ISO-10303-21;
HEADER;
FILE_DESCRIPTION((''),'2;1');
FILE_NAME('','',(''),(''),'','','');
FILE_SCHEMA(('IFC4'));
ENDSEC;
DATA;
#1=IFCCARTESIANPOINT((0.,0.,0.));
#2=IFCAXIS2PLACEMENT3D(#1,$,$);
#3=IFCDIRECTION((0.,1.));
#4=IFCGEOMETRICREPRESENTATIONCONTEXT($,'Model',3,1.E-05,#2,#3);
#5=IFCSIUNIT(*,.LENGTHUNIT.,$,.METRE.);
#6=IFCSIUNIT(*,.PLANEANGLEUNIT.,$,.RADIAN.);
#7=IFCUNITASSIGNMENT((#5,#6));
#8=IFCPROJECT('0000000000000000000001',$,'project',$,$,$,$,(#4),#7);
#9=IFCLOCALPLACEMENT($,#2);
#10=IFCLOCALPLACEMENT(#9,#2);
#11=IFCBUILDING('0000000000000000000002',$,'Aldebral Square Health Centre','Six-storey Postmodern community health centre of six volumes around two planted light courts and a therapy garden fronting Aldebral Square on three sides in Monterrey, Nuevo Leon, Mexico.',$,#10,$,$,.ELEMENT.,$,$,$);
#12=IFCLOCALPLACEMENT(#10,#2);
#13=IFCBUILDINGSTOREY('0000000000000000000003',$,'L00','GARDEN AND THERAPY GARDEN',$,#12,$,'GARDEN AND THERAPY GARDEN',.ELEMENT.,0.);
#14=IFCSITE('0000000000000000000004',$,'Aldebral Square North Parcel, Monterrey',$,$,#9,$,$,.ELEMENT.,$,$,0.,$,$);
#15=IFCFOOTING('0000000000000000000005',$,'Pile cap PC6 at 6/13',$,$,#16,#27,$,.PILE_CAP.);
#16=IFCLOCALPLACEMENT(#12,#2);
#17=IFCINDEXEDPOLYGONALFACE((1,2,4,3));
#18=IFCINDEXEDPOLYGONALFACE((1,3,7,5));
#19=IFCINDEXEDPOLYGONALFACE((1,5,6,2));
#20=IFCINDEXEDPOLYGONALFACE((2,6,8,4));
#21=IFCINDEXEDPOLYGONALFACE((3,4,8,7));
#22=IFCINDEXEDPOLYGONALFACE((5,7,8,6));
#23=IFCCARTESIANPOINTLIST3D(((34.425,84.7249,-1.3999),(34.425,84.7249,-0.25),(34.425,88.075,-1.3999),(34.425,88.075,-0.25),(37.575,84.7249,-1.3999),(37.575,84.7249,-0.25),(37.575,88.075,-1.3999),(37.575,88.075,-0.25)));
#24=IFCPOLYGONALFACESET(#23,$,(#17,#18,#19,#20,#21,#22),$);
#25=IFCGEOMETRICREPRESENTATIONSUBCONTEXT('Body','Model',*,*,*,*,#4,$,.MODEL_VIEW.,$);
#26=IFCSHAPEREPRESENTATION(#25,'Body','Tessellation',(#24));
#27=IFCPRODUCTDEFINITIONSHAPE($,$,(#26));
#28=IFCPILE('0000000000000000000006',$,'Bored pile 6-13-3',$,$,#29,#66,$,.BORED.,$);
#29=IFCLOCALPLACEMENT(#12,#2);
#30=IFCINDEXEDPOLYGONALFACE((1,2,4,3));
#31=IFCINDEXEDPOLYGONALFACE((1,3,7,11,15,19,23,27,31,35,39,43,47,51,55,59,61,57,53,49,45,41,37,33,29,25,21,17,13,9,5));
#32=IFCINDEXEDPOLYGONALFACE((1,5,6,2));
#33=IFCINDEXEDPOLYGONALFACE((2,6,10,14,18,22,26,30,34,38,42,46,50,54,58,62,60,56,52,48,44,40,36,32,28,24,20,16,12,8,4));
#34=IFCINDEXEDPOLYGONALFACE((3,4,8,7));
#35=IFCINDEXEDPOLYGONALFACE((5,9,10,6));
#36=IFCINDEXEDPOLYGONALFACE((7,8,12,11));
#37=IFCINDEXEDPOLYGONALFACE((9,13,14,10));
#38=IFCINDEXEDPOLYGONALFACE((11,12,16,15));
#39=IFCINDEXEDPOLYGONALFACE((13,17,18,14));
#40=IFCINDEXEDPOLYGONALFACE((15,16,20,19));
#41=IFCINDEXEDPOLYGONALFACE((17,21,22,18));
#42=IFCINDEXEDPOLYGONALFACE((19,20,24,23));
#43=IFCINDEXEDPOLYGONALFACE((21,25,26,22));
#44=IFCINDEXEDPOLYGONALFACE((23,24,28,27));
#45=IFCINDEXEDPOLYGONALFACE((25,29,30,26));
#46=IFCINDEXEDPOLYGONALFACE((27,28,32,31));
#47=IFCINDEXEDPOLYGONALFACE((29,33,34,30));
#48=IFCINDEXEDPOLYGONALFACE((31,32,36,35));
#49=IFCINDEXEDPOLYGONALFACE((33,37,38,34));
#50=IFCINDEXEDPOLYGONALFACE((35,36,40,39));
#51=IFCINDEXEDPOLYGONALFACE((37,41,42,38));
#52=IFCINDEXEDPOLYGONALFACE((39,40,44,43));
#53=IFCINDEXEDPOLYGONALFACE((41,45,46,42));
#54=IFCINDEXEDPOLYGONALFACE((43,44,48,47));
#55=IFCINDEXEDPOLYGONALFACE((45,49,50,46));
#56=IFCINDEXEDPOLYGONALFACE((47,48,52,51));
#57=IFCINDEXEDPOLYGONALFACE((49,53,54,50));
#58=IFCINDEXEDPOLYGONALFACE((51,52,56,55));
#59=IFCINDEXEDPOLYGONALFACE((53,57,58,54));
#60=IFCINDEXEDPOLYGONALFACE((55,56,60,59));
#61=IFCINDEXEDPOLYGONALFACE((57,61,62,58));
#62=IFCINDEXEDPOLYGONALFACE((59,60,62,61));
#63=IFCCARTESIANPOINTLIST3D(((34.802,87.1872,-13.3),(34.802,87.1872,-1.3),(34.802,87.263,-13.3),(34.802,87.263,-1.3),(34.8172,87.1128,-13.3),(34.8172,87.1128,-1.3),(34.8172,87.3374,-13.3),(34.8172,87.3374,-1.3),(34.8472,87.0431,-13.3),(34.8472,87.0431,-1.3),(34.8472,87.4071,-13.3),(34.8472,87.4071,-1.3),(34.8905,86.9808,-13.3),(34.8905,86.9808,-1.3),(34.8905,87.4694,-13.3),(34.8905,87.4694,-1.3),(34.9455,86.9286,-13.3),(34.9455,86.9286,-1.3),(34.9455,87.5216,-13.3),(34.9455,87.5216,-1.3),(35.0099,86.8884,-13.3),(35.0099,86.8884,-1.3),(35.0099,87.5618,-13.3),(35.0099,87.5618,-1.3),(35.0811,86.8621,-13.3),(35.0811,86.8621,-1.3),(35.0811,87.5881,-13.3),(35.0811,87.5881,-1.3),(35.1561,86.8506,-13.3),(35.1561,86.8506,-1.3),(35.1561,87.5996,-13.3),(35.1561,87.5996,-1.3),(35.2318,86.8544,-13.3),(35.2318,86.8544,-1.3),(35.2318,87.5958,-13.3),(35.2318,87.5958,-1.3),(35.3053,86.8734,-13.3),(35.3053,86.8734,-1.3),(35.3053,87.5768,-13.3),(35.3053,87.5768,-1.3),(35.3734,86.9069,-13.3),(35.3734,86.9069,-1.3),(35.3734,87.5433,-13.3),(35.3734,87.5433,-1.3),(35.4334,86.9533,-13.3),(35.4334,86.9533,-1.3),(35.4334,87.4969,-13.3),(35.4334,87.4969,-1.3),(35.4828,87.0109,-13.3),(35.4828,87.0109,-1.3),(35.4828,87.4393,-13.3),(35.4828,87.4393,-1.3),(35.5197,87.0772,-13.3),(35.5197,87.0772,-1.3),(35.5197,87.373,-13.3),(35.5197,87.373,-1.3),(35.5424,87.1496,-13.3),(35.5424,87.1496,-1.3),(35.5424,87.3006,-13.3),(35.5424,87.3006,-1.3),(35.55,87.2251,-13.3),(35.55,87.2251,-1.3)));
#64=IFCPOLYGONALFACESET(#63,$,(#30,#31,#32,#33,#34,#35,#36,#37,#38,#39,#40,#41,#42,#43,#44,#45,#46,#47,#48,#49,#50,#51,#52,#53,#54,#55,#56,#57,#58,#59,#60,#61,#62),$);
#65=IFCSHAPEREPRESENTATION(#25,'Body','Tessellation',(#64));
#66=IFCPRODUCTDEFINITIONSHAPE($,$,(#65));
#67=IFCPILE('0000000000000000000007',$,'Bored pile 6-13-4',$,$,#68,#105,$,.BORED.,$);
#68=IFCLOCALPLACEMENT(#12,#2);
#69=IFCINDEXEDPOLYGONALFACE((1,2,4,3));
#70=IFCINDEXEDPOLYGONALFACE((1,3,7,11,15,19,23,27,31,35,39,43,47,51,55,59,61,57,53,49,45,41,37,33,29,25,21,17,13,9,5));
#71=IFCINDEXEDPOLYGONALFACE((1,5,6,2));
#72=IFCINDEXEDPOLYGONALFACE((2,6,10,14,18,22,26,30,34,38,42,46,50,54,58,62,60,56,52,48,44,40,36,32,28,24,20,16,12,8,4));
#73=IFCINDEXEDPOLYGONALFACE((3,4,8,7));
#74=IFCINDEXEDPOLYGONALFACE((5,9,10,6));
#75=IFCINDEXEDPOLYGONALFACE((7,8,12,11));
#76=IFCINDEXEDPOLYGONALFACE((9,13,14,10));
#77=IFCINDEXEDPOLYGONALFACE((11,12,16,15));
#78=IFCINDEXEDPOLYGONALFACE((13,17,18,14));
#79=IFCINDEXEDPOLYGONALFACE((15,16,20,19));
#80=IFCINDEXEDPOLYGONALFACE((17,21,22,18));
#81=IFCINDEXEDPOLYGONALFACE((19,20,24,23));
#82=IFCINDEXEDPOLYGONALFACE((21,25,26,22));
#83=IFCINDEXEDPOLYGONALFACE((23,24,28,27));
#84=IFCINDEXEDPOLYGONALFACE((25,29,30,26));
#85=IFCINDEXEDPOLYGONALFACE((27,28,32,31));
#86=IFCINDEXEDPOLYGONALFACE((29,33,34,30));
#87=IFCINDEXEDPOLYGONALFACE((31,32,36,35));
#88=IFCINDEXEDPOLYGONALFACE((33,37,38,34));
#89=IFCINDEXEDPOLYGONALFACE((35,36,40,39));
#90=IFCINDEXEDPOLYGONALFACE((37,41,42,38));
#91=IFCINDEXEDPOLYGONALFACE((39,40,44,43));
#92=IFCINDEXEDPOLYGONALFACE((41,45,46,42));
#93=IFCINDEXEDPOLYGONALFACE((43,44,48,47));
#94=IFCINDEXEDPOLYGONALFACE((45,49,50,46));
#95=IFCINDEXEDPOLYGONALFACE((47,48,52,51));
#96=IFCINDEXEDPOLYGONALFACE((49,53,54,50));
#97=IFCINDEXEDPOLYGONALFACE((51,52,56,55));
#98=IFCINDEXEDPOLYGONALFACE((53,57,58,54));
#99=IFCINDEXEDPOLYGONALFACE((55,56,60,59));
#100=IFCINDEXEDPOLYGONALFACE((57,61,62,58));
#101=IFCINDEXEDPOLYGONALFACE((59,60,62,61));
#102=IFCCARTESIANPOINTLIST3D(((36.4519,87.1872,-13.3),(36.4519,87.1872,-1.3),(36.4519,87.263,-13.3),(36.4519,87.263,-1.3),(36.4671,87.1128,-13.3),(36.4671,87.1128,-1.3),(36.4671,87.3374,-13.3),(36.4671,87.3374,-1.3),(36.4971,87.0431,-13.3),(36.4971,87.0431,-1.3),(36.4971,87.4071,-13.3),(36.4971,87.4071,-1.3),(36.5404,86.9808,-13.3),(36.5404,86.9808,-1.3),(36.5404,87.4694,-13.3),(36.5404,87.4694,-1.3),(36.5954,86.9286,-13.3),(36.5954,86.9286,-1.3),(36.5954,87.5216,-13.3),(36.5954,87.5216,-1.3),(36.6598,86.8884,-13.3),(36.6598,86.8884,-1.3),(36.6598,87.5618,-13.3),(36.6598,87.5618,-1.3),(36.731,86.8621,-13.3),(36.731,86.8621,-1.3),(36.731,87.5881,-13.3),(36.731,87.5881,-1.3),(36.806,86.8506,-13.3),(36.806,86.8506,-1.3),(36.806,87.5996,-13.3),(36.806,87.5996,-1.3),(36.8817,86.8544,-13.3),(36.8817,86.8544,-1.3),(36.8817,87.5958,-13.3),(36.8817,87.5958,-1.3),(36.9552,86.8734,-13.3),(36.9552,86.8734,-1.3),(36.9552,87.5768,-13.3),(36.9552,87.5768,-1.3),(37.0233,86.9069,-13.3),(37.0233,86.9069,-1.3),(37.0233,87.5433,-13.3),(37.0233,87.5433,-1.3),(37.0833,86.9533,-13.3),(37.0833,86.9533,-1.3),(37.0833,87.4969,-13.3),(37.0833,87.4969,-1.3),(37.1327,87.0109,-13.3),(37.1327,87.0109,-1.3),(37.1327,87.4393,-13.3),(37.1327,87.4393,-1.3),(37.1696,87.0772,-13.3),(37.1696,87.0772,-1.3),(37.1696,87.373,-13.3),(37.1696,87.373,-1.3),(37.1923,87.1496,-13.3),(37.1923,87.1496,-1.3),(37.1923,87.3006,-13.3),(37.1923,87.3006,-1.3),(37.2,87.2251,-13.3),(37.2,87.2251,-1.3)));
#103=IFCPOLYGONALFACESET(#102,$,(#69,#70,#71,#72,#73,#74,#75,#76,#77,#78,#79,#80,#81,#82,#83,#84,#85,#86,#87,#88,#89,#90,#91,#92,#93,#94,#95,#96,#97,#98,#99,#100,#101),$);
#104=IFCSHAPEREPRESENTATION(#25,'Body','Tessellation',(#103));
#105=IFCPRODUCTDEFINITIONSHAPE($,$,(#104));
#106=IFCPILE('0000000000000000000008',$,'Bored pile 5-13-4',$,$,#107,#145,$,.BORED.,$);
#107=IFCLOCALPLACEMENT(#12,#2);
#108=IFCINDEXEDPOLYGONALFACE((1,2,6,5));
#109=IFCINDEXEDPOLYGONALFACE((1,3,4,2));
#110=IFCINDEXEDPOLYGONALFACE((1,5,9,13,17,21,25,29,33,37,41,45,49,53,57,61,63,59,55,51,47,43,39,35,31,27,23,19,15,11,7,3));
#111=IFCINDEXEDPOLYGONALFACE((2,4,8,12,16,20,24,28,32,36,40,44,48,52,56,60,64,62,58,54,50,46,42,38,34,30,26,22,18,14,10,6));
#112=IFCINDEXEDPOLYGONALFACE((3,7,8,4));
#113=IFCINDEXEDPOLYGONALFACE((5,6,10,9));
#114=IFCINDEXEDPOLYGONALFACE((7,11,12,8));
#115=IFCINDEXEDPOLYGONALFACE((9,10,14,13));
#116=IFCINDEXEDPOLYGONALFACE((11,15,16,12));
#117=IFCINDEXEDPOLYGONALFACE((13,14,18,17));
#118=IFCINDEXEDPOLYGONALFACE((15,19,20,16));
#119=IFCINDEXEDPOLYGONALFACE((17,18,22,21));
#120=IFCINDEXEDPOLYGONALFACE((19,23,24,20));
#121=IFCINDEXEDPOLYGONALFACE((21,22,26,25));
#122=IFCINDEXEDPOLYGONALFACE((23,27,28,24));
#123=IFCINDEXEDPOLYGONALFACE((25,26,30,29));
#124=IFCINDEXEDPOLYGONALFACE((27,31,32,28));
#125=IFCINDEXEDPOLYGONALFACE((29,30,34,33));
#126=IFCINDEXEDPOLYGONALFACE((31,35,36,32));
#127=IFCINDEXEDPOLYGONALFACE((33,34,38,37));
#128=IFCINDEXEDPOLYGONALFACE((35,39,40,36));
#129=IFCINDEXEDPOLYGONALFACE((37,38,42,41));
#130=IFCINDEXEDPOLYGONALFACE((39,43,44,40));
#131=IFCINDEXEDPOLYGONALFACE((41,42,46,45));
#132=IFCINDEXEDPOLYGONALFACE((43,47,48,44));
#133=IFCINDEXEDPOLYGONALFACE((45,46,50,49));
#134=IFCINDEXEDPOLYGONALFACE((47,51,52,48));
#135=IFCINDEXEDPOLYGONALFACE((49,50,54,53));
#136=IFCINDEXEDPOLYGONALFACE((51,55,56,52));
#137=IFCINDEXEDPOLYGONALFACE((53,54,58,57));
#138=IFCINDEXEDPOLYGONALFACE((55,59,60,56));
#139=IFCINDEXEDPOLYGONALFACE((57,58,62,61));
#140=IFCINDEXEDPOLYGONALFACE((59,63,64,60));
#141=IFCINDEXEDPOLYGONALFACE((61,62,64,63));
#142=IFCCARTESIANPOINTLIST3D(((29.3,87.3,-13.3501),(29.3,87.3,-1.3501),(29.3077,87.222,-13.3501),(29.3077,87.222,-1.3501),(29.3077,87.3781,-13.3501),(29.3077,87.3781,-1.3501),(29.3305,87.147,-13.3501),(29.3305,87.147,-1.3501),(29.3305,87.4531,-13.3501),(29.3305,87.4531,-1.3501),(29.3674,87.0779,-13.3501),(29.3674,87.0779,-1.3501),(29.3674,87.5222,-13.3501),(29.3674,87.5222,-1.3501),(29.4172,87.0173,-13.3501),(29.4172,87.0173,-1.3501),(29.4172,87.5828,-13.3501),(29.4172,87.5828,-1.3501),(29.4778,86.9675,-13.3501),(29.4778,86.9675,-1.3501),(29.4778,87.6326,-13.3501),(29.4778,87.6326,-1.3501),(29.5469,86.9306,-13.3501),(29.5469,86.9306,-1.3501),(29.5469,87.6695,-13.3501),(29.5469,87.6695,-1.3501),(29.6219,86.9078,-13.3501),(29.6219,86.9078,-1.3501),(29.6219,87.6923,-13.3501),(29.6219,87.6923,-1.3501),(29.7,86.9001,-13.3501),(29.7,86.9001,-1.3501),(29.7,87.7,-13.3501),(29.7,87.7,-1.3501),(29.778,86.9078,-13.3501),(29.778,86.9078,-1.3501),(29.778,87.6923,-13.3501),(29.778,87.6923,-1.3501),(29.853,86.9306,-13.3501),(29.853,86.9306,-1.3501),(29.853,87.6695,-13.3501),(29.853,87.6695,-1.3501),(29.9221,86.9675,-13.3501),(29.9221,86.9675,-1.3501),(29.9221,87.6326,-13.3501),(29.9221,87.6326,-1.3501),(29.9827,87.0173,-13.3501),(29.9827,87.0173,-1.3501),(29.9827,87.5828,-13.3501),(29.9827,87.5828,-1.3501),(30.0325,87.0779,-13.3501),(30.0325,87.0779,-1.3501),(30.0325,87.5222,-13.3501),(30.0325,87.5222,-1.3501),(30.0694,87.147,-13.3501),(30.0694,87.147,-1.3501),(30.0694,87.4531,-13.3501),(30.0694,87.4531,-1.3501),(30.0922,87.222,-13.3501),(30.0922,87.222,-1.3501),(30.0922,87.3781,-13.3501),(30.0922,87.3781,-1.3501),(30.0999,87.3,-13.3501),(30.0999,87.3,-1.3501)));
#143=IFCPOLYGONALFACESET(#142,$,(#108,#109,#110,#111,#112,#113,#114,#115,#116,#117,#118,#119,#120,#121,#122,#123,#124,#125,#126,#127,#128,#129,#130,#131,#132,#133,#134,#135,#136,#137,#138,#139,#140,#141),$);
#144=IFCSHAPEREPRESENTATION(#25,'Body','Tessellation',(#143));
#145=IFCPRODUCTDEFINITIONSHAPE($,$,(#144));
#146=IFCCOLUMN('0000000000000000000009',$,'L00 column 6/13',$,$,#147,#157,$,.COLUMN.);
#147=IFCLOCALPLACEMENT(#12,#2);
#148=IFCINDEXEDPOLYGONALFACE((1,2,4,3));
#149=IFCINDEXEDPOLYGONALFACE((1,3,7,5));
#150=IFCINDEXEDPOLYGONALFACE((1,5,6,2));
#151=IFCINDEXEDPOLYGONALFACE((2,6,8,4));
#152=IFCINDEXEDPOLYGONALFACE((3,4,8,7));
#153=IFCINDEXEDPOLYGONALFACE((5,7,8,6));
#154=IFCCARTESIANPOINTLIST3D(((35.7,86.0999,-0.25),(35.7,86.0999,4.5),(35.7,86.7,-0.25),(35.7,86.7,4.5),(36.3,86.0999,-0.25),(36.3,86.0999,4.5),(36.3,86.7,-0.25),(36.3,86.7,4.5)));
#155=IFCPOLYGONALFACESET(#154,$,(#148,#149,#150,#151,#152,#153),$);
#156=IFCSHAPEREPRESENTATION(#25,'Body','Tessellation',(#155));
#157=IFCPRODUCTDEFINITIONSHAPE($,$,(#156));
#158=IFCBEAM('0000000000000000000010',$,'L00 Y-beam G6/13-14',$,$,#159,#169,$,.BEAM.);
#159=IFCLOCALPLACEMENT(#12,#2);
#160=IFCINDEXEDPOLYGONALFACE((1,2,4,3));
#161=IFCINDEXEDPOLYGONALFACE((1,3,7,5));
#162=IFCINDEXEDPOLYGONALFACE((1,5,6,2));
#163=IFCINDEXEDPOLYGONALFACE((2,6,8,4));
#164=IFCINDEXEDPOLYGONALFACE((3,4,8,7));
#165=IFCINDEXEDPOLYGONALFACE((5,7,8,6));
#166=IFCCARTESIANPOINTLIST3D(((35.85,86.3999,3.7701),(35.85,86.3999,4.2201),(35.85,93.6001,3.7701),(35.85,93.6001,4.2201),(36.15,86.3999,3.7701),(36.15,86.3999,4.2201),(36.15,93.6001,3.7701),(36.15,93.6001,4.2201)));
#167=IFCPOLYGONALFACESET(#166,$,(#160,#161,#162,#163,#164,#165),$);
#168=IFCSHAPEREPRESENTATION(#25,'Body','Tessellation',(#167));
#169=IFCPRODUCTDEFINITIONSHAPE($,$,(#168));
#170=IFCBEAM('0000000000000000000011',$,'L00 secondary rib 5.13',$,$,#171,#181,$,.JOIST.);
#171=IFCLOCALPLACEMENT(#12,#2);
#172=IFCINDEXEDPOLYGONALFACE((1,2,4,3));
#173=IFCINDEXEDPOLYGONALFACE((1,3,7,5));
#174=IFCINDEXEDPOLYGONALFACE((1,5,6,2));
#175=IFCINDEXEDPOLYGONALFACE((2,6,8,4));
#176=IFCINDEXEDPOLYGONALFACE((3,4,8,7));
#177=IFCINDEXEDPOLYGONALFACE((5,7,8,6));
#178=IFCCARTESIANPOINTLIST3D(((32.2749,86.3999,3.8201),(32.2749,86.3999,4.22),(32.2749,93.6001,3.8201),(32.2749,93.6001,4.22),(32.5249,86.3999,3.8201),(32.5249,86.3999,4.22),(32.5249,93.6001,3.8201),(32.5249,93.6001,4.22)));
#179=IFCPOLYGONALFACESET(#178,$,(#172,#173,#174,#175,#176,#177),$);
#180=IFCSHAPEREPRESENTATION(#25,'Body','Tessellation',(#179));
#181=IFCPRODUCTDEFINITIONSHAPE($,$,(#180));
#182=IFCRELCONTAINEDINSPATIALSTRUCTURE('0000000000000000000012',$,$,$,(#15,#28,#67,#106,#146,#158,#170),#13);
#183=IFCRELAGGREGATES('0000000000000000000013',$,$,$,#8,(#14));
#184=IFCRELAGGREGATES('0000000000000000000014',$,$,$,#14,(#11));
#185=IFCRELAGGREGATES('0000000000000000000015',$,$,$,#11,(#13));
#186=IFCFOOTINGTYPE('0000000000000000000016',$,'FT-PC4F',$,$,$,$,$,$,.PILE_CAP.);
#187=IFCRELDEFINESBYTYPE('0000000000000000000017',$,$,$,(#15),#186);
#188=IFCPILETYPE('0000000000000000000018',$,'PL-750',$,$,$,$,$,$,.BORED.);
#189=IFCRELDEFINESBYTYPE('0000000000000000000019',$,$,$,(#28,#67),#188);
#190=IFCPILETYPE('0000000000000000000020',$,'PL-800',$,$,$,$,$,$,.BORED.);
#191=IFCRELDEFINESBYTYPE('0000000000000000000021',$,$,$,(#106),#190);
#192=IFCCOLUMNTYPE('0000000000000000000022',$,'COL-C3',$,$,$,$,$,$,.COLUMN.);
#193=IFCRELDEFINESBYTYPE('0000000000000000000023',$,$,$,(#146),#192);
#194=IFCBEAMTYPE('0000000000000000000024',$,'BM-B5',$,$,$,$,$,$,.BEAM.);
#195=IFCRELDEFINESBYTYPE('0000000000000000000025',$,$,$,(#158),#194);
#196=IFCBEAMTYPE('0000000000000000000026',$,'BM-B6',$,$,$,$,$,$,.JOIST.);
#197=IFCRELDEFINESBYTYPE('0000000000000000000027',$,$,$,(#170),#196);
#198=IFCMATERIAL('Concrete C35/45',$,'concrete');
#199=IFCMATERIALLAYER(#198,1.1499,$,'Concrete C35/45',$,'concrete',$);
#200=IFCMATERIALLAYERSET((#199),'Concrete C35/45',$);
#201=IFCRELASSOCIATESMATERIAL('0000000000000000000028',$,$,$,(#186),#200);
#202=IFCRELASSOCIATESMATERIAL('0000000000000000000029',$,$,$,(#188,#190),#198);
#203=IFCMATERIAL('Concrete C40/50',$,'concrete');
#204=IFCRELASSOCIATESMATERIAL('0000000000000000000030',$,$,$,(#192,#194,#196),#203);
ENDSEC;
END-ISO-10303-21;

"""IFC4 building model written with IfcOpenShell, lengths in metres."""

from ifc_helpers import new_model, si_unit, direction, frame, origin, origin_2d, place, context, subcontext, project, spatial, rectangle, circle, extrude, material, layer, layer_set, material_profile, profile_set, type_object, element, save


model = new_model("IFC4")

# Units and contexts
model_context = context("Model", 3, precision=1e-05, world=origin(), true_north=direction((0.0, 1.0)))
body_context = subcontext(model_context, "Body", "Model", "MODEL_VIEW")
ifc_project = project(units=[si_unit("LENGTHUNIT", "METRE"), si_unit("PLANEANGLEUNIT", "RADIAN")], contexts=[model_context])

# Site, building, storey
site_placement = place(None, origin())
site = spatial("IfcSite", under=ifc_project, at=site_placement, Name="Aldebral Square North Parcel, Monterrey", CompositionType="ELEMENT", RefElevation=0.0)
building_placement = place(site_placement, origin())
building = spatial("IfcBuilding", under=site, at=building_placement, Name="Aldebral Square Health Centre", Description="Six-storey Postmodern community health centre of six volumes around two planted light courts and a therapy garden fronting Aldebral Square on three sides in Monterrey, Nuevo Leon, Mexico.", CompositionType="ELEMENT")
storey_placement = place(building_placement, origin())
storey = spatial("IfcBuildingStorey", under=building, at=storey_placement, Name="L00", Description="GARDEN AND THERAPY GARDEN", LongName="GARDEN AND THERAPY GARDEN", CompositionType="ELEMENT", Elevation=0.0)

# Footing
ifc_material_1 = material(Name="Concrete C35/45", Category="concrete")
ifc_layer_1 = layer(ifc_material_1, 1.1499, Name="Concrete C35/45", Category="concrete")
ifc_layer_set_1 = layer_set([ifc_layer_1], Name="Concrete C35/45")
footing_type = type_object("IfcFootingType", Name="FT-PC4F", PredefinedType="PILE_CAP", material=ifc_layer_set_1)
footing_placement = place(storey_placement, frame((36.0, 86.3999, -1.3999), z_axis=(0.0, 0.0, 1.0), x_axis=(1.0, 0.0, 0.0)))
element("IfcFooting", 1, at=footing_placement, inside=storey, type_object=footing_type, Name="Pile cap PC6 at 6/13", PredefinedType="PILE_CAP", context=body_context, shape_type="SweptSolid", body=[
    extrude(rectangle(XDim=3.1499, YDim=3.3501, at=origin_2d()), origin(), (0.0, 0.0, 1.0), 1.1499),
])

# Piles
ifc_material_profile_1 = material_profile(ifc_material_1, circle(Radius=0.375, at=origin_2d()), Name="PILE D750")
ifc_profile_set_1 = profile_set([ifc_material_profile_1], Name="Concrete C35/45")
pile_type_1 = type_object("IfcPileType", Name="PL-750", PredefinedType="BORED", material=ifc_profile_set_1)
for number, where, z_axis, x_axis, name in (
    (2, (35.175, 87.2251, -1.3), (0.0, 0.0, -1.0), (1.0, 0.0, 0.0), "Bored pile 6-13-3"),
    (3, (36.825, 87.2251, -1.3), (0.0, 0.0, -1.0), (1.0, 0.0, 0.0), "Bored pile 6-13-4"),
):
    element("IfcPile", number, at=place(storey_placement, frame(where, z_axis=z_axis, x_axis=x_axis)), inside=storey, type_object=pile_type_1, Name=name, PredefinedType="BORED", context=body_context, shape_type="SweptSolid", body=[
        extrude(circle(Radius=0.375, at=origin_2d()), origin(), (0.0, 0.0, 1.0), 12.0),
    ])
ifc_material_profile_2 = material_profile(ifc_material_1, circle(Radius=0.3999, at=origin_2d()), Name="PILE D800")
ifc_profile_set_2 = profile_set([ifc_material_profile_2], Name="Concrete C35/45")
pile_type_2 = type_object("IfcPileType", Name="PL-800", PredefinedType="BORED", material=ifc_profile_set_2)
pile_placement = place(storey_placement, frame((29.7, 87.3, -1.3501), z_axis=(0.0, 0.0, -1.0), x_axis=(1.0, 0.0, 0.0)))
element("IfcPile", 4, at=pile_placement, inside=storey, type_object=pile_type_2, Name="Bored pile 5-13-4", PredefinedType="BORED", context=body_context, shape_type="SweptSolid", body=[
    extrude(circle(Radius=0.3999, at=origin_2d()), origin(), (0.0, 0.0, 1.0), 12.0),
])

# Column
ifc_material_2 = material(Name="Concrete C40/50", Category="concrete")
ifc_material_profile_3 = material_profile(ifc_material_2, rectangle(XDim=0.6001, YDim=0.6001, at=origin_2d()), Name="RC 600x600")
ifc_profile_set_3 = profile_set([ifc_material_profile_3], Name="Concrete C40/50")
column_type = type_object("IfcColumnType", Name="COL-C3", PredefinedType="COLUMN", material=ifc_profile_set_3)
column_placement = place(storey_placement, frame((36.0, 86.3999, -0.25), z_axis=(0.0, 0.0, 1.0), x_axis=(1.0, 0.0, 0.0)))
element("IfcColumn", 5, at=column_placement, inside=storey, type_object=column_type, Name="L00 column 6/13", PredefinedType="COLUMN", context=body_context, shape_type="SweptSolid", body=[
    extrude(rectangle(XDim=0.6001, YDim=0.6001, at=origin_2d()), origin(), (0.0, 0.0, 1.0), 4.75),
])

# Beams
ifc_material_profile_4 = material_profile(ifc_material_2, rectangle(XDim=0.3, YDim=0.45, at=origin_2d()), Name="RC 300x450")
ifc_profile_set_4 = profile_set([ifc_material_profile_4], Name="Concrete C40/50")
beam_type_1 = type_object("IfcBeamType", Name="BM-B5", PredefinedType="BEAM", material=ifc_profile_set_4)
beam_1_placement = place(storey_placement, frame((36.0, 86.3999, 3.9951), z_axis=(0.0, 1.0, 0.0), x_axis=(-1.0, 0.0, 0.0)))
element("IfcBeam", 6, at=beam_1_placement, inside=storey, type_object=beam_type_1, Name="L00 Y-beam G6/13-14", PredefinedType="BEAM", context=body_context, shape_type="SweptSolid", body=[
    extrude(rectangle(XDim=0.3, YDim=0.45, at=origin_2d()), origin(), (0.0, 0.0, 1.0), 7.2002),
])
ifc_material_profile_5 = material_profile(ifc_material_2, rectangle(XDim=0.25, YDim=0.3999, at=origin_2d()), Name="RC 250x400")
ifc_profile_set_5 = profile_set([ifc_material_profile_5], Name="Concrete C40/50")
beam_type_2 = type_object("IfcBeamType", Name="BM-B6", PredefinedType="JOIST", material=ifc_profile_set_5)
beam_2_placement = place(storey_placement, frame((32.3999, 86.3999, 4.02), z_axis=(0.0, 1.0, 0.0), x_axis=(-1.0, 0.0, 0.0)))
element("IfcBeam", 7, at=beam_2_placement, inside=storey, type_object=beam_type_2, Name="L00 secondary rib 5.13", PredefinedType="JOIST", context=body_context, shape_type="SweptSolid", body=[
    extrude(rectangle(XDim=0.25, YDim=0.3999, at=origin_2d()), origin(), (0.0, 0.0, 1.0), 7.2002),
])

save(model, "model.ifc")
